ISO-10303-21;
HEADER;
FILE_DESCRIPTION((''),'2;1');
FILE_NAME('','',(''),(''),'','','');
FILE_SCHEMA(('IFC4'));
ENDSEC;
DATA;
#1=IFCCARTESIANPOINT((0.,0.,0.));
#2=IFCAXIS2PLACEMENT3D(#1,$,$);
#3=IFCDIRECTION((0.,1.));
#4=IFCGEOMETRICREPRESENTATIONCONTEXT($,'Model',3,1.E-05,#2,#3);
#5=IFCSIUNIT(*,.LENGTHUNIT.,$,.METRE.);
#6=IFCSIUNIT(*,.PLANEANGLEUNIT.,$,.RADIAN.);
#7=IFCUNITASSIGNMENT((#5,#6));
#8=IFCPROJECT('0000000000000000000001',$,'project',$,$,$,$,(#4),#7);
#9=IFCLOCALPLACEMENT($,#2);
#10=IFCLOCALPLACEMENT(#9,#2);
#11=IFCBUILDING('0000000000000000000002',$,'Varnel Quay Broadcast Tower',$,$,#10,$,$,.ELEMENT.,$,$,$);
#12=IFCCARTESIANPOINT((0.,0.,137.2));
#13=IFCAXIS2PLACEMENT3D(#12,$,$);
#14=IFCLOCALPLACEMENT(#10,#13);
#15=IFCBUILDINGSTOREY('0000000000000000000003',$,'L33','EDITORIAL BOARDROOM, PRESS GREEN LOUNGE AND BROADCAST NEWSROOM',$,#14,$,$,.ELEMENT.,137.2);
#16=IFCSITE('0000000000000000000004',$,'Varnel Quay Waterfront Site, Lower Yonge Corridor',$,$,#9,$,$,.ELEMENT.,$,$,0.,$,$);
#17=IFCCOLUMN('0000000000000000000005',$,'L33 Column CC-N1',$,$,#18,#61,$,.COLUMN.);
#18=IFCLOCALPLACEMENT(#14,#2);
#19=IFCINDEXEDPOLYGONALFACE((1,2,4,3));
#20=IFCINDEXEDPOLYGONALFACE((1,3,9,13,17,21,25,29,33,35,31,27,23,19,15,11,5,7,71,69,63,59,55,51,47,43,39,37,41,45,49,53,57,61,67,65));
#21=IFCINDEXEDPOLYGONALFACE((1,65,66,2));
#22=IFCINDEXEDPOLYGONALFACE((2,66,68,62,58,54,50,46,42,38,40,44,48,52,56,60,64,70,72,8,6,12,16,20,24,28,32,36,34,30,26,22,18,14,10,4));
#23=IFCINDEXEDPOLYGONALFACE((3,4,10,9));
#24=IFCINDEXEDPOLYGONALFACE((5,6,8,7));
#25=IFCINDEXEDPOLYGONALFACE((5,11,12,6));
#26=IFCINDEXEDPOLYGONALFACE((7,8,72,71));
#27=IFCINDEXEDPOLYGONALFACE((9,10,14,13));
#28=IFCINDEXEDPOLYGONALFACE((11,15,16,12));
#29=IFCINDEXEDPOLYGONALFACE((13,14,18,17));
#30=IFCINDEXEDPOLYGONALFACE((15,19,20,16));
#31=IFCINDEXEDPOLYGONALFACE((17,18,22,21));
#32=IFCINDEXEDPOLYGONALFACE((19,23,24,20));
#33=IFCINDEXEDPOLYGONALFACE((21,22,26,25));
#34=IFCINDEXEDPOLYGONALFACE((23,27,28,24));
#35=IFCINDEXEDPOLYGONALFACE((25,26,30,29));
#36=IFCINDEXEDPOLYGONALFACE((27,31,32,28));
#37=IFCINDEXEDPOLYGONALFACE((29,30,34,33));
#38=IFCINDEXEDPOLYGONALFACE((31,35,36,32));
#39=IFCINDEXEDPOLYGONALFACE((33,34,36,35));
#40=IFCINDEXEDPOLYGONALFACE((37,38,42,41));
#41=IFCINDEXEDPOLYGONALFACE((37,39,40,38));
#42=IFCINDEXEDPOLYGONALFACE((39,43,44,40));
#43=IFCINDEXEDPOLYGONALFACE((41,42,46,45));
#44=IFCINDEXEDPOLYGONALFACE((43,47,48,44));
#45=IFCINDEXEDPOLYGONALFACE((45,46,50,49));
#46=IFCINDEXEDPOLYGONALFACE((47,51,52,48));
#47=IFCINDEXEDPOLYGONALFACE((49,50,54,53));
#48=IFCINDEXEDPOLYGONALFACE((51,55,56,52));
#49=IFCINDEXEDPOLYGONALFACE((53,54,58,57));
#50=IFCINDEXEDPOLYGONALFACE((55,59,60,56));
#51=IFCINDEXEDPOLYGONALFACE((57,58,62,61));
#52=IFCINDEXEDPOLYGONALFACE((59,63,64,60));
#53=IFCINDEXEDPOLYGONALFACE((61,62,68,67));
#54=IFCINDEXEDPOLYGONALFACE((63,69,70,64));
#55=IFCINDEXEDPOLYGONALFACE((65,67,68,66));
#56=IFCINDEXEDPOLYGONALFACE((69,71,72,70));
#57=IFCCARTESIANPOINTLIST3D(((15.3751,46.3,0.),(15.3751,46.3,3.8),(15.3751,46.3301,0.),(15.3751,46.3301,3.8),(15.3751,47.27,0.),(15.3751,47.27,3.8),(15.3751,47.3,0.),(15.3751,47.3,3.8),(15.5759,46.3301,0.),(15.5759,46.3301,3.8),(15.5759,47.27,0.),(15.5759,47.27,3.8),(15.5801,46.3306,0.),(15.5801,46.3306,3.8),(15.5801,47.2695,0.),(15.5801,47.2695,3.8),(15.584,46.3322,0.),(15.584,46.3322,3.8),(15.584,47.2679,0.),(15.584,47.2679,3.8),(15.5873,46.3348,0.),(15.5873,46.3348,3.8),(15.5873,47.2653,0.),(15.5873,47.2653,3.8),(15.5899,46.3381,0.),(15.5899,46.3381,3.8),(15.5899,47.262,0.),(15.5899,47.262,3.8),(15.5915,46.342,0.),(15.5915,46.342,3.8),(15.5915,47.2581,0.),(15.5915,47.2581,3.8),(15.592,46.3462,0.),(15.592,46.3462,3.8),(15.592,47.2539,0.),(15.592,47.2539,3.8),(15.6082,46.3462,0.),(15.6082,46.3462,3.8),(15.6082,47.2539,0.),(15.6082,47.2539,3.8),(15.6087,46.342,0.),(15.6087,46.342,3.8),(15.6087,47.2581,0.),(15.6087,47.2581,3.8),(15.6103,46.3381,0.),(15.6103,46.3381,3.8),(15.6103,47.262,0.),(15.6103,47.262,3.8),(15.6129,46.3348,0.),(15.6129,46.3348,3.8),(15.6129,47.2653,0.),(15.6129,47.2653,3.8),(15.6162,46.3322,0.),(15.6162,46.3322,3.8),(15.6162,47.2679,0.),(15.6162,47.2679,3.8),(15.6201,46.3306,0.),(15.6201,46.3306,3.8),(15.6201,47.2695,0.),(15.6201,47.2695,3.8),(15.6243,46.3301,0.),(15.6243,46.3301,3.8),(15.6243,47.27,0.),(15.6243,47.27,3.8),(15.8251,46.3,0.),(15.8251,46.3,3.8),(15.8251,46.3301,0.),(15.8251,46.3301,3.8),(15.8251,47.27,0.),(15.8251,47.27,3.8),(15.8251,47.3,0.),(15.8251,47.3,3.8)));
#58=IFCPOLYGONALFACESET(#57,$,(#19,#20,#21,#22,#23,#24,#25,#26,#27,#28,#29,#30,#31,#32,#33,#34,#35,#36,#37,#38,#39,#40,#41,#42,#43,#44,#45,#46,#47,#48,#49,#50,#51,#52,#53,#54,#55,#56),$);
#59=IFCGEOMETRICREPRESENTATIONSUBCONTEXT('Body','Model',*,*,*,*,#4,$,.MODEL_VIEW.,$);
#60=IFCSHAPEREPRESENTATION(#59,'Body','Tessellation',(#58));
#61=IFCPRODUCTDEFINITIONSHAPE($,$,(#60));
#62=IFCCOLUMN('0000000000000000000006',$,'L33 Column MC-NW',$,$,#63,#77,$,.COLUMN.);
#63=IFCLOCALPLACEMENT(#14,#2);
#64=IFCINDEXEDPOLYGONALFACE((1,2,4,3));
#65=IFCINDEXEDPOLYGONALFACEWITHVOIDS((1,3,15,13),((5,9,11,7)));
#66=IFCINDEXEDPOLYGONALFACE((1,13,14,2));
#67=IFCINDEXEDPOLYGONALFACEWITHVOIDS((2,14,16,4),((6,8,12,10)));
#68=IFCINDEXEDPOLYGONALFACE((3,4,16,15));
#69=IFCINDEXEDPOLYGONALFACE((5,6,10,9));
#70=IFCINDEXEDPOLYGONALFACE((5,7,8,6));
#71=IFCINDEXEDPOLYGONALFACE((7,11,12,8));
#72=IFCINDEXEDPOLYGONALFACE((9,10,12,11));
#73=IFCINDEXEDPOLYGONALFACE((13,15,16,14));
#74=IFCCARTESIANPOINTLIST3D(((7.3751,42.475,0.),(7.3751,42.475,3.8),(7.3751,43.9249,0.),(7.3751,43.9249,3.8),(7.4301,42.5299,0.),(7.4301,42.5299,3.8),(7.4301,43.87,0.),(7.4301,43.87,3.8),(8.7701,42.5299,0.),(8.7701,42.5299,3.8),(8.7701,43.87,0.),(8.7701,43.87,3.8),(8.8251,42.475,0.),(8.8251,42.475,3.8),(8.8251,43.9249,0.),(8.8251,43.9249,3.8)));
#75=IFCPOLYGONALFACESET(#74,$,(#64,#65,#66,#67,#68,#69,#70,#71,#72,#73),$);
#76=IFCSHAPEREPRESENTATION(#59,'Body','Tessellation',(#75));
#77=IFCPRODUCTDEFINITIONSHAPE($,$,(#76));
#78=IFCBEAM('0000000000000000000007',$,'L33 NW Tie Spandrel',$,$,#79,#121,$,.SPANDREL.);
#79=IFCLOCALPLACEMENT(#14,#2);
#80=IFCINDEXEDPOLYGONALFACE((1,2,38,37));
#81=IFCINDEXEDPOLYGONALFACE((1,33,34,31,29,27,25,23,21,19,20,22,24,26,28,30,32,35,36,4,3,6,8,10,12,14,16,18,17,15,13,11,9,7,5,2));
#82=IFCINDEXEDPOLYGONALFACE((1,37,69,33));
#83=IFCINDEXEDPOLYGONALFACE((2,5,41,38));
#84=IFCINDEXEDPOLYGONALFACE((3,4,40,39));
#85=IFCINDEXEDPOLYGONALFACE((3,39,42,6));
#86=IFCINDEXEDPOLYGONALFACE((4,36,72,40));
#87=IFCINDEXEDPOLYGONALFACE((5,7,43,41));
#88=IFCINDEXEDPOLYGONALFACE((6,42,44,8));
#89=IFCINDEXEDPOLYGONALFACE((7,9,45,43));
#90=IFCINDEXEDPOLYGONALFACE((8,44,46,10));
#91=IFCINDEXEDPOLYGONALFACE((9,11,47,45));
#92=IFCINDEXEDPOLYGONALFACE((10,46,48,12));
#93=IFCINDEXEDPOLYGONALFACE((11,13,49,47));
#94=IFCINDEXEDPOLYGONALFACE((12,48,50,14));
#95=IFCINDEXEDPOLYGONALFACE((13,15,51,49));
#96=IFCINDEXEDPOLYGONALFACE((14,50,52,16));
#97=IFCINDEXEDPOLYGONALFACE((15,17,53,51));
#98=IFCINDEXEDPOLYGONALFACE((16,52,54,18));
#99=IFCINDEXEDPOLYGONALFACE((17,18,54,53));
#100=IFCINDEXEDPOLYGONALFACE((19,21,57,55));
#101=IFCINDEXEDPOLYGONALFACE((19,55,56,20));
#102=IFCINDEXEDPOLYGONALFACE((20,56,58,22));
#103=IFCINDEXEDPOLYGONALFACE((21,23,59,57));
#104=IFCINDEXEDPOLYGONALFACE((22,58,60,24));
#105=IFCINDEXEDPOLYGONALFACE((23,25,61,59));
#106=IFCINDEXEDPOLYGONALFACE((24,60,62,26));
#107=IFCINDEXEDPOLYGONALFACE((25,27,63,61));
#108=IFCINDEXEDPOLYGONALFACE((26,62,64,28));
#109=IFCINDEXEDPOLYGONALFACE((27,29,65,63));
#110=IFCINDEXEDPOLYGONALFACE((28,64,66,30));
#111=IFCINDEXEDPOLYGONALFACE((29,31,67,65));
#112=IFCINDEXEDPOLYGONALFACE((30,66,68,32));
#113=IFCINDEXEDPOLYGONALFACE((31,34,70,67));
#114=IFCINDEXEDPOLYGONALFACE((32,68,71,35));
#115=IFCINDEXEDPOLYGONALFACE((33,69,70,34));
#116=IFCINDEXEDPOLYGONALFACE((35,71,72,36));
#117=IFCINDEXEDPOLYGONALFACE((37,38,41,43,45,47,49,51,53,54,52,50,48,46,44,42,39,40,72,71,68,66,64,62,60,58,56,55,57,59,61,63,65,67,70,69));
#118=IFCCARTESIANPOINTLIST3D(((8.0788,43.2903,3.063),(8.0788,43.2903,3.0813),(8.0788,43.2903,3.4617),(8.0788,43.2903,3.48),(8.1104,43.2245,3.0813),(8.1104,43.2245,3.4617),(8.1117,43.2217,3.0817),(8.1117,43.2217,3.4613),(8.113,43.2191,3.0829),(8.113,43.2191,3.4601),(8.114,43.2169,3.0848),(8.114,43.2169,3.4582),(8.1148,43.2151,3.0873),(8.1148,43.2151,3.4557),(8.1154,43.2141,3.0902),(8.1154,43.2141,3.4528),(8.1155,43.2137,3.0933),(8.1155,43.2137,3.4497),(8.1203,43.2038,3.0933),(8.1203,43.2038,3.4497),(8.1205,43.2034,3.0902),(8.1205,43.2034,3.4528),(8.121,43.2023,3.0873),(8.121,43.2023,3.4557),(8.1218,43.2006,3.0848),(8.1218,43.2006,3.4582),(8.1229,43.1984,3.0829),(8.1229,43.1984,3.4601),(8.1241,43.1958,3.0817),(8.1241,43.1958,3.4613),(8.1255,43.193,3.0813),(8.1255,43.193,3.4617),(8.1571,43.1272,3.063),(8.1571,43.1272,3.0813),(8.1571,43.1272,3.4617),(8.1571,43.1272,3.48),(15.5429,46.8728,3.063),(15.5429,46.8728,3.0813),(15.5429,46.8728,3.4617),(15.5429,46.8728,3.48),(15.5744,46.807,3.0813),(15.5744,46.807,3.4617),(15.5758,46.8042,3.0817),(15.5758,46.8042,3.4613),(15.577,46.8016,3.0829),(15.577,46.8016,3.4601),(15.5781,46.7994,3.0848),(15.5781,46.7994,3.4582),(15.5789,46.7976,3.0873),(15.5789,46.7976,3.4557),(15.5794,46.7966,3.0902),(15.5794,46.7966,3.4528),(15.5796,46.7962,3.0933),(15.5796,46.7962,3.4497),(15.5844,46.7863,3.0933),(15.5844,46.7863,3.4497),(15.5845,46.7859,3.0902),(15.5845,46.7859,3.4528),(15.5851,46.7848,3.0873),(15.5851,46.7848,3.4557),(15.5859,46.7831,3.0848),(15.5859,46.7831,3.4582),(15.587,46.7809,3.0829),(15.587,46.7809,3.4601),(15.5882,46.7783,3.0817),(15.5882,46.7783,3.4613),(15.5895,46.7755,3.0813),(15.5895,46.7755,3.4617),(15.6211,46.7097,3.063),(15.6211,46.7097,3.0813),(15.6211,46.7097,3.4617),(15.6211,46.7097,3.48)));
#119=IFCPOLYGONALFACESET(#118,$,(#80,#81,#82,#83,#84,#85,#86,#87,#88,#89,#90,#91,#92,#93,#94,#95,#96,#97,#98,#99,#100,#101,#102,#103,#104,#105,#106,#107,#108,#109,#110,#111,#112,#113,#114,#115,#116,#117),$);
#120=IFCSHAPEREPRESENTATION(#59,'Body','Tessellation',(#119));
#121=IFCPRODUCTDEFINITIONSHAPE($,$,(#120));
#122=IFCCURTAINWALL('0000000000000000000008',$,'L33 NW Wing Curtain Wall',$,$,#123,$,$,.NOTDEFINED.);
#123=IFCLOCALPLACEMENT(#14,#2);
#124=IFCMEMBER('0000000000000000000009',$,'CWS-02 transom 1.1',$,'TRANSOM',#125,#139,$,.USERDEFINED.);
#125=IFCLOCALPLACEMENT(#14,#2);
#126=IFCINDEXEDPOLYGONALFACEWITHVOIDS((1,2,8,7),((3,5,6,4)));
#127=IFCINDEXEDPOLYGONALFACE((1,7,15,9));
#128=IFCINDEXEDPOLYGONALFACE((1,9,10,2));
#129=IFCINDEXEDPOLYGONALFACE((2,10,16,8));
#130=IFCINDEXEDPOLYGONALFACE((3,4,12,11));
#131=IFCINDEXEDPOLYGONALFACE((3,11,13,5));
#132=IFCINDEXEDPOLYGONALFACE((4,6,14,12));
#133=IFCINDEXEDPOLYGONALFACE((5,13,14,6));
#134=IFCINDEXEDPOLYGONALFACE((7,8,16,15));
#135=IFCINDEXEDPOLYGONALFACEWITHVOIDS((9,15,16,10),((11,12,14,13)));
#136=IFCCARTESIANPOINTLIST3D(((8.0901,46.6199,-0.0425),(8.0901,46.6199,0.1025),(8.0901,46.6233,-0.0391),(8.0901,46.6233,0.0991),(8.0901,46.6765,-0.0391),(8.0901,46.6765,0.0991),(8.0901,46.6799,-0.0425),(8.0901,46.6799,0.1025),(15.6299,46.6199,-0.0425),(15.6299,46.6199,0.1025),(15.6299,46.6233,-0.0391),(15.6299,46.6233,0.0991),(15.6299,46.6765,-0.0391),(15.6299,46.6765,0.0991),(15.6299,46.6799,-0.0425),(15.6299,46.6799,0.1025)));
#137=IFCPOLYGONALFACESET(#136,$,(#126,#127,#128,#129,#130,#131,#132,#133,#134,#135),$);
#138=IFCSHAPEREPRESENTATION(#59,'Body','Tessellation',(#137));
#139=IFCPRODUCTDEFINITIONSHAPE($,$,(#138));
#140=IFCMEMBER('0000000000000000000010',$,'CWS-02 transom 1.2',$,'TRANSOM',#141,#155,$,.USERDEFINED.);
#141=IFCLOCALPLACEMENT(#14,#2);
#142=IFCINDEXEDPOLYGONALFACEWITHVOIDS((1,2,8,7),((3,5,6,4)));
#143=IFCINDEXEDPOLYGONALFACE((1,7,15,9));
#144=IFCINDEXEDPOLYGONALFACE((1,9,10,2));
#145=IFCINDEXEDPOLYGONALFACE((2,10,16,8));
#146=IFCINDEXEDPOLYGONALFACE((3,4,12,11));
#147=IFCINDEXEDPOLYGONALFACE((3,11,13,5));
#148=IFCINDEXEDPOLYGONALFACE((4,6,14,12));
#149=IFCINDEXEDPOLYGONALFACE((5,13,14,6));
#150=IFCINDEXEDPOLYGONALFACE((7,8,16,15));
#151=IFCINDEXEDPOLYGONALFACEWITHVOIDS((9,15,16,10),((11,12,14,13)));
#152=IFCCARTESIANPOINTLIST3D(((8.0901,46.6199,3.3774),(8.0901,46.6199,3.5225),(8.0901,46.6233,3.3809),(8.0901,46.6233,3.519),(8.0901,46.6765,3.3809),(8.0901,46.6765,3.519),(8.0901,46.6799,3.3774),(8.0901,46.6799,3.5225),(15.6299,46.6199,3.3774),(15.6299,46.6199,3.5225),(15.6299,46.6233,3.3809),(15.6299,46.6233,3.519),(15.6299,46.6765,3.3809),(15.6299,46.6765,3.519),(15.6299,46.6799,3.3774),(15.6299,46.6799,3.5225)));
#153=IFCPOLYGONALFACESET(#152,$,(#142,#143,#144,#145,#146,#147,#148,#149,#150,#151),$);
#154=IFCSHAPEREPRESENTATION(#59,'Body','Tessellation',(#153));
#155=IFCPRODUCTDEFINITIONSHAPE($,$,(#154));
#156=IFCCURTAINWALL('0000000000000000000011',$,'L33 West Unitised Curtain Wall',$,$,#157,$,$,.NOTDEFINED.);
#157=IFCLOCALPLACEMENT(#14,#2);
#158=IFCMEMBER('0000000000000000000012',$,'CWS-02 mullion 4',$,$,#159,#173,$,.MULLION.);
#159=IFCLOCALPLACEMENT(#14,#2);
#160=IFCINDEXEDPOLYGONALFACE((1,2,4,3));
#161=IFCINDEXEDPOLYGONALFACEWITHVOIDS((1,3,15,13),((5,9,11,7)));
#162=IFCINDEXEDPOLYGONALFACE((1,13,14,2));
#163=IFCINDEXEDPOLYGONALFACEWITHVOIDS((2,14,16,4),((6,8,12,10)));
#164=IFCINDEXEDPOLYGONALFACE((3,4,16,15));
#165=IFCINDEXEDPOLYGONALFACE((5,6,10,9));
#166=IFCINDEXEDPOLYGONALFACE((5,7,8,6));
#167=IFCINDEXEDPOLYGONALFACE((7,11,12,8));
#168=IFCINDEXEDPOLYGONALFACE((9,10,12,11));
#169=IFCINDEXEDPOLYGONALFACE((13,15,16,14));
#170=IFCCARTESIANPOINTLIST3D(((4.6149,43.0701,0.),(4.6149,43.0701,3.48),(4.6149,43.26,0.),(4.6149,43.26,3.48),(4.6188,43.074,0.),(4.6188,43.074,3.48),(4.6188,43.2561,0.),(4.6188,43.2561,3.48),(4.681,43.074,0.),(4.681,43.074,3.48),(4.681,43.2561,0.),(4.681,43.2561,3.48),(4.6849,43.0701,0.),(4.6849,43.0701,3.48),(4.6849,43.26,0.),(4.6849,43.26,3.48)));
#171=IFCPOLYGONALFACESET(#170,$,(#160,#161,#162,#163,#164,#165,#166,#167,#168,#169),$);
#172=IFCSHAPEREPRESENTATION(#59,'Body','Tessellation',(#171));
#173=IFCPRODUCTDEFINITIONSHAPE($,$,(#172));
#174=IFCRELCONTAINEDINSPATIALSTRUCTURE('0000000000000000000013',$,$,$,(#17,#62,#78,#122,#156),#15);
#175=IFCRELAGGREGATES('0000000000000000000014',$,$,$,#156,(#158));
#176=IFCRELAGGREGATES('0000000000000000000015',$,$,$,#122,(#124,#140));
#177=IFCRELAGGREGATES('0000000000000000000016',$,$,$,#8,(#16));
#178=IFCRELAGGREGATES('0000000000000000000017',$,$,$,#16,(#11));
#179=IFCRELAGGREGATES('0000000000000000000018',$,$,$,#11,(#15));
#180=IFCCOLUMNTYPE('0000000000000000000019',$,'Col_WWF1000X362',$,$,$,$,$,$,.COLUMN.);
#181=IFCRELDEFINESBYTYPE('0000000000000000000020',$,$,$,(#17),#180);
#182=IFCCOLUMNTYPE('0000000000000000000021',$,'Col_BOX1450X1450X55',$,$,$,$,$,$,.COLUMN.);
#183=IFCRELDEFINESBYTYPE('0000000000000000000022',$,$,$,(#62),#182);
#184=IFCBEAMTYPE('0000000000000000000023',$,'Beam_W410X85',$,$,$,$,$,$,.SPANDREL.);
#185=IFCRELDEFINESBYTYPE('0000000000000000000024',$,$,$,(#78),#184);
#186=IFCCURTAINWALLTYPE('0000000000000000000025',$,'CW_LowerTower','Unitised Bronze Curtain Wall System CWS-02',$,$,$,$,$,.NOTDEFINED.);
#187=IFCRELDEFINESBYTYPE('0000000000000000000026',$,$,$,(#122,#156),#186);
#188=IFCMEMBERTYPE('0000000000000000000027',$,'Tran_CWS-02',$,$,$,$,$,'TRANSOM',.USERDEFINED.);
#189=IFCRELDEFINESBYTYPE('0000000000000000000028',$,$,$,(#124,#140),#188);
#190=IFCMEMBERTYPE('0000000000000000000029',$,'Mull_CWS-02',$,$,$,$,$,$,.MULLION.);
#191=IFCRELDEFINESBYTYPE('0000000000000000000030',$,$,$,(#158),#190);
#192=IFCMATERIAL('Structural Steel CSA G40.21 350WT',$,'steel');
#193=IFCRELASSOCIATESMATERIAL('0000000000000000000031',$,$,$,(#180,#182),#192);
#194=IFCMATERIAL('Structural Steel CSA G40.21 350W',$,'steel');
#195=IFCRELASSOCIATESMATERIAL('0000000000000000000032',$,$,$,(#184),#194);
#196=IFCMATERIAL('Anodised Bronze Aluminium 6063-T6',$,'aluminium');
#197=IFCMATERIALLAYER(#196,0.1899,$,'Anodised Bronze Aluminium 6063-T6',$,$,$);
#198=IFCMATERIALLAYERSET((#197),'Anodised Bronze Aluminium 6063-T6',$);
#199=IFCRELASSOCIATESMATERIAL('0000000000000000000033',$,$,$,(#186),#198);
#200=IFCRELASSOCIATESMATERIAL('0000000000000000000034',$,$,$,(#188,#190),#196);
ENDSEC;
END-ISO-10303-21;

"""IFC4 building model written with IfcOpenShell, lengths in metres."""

from ifc_helpers import new_model, si_unit, direction, frame, origin, origin_2d, place, context, subcontext, project, spatial, hollow_rectangle, i_section, extrude, source, transform, mapped, material, layer, layer_set, material_profile, profile_set, type_object, type_shapes, element, aggregate, save


model = new_model("IFC4")

# Units and contexts
model_context = context("Model", 3, precision=1e-05, world=origin(), true_north=direction((0.0, 1.0)))
body_context = subcontext(model_context, "Body", "Model", "MODEL_VIEW")
ifc_project = project(units=[si_unit("LENGTHUNIT", "METRE"), si_unit("PLANEANGLEUNIT", "RADIAN")], contexts=[model_context])

# Site, building, storey
site_placement = place(None, origin())
site = spatial("IfcSite", under=ifc_project, at=site_placement, Name="Varnel Quay Waterfront Site, Lower Yonge Corridor", CompositionType="ELEMENT", RefElevation=0.0)
building_placement = place(site_placement, origin())
building = spatial("IfcBuilding", under=site, at=building_placement, Name="Varnel Quay Broadcast Tower", CompositionType="ELEMENT")
storey_placement = place(building_placement, frame((0.0, 0.0, 137.2)))
storey = spatial("IfcBuildingStorey", under=building, at=storey_placement, Name="L33", Description="EDITORIAL BOARDROOM, PRESS GREEN LOUNGE AND BROADCAST NEWSROOM", CompositionType="ELEMENT", Elevation=137.2)

# Columns
ifc_material_1 = material(Name="Structural Steel CSA G40.21 350WT", Category="steel")
ifc_material_profile_1 = material_profile(ifc_material_1, i_section(OverallWidth=0.45, OverallDepth=1.0, WebThickness=0.0161, FlangeThickness=0.03, FilletRadius=0.0161, at=origin_2d()), Name="WWF1000X362")
ifc_profile_set_1 = profile_set([ifc_material_profile_1], Name="Structural Steel CSA G40.21 350WT")
column_type_1 = type_object("IfcColumnType", Name="Col_WWF1000X362", PredefinedType="COLUMN", material=ifc_profile_set_1)
shared_shape_1 = source(origin(), body_context, "Body", "SweptSolid", [
    extrude(i_section(OverallWidth=0.45, OverallDepth=1.0, WebThickness=0.0161, FlangeThickness=0.03, FilletRadius=0.0161, at=origin_2d()), origin(), (0.0, 0.0, 1.0), 3.8),
])
type_shapes(column_type_1, [shared_shape_1])
column_1_placement = place(storey_placement, frame((15.6001, 46.8, 0.0), z_axis=(0.0, 0.0, 1.0), x_axis=(1.0, 0.0, 0.0)))
element("IfcColumn", 1, at=column_1_placement, inside=storey, type_object=column_type_1, Name="L33 Column CC-N1", PredefinedType="COLUMN", context=body_context, shape_type="MappedRepresentation", body=[
    mapped(shared_shape_1, transform((0.0, 0.0, 0.0), x_axis=(1.0, 0.0, 0.0), y_axis=(0.0, 1.0, 0.0), z_axis=(0.0, 0.0, 1.0), scale=1.0)),
])
ifc_material_profile_2 = material_profile(ifc_material_1, hollow_rectangle(XDim=1.45, YDim=1.45, WallThickness=0.0549, at=origin_2d()), Name="BOX1450X1450X55")
ifc_profile_set_2 = profile_set([ifc_material_profile_2], Name="Structural Steel CSA G40.21 350WT")
column_type_2 = type_object("IfcColumnType", Name="Col_BOX1450X1450X55", PredefinedType="COLUMN", material=ifc_profile_set_2)
shared_shape_2 = source(origin(), body_context, "Body", "SweptSolid", [
    extrude(hollow_rectangle(XDim=1.45, YDim=1.45, WallThickness=0.0549, at=origin_2d()), origin(), (0.0, 0.0, 1.0), 3.8),
])
type_shapes(column_type_2, [shared_shape_2])
column_2_placement = place(storey_placement, frame((8.1001, 43.2, 0.0), z_axis=(0.0, 0.0, 1.0), x_axis=(1.0, 0.0, 0.0)))
element("IfcColumn", 2, at=column_2_placement, inside=storey, type_object=column_type_2, Name="L33 Column MC-NW", PredefinedType="COLUMN", context=body_context, shape_type="MappedRepresentation", body=[
    mapped(shared_shape_2, transform((0.0, 0.0, 0.0), x_axis=(1.0, 0.0, 0.0), y_axis=(0.0, 1.0, 0.0), z_axis=(0.0, 0.0, 1.0), scale=1.0)),
])

# Beam
ifc_material_2 = material(Name="Structural Steel CSA G40.21 350W", Category="steel")
ifc_material_profile_3 = material_profile(ifc_material_2, i_section(OverallWidth=0.1809, OverallDepth=0.417, WebThickness=0.011, FlangeThickness=0.0183, FilletRadius=0.012, at=origin_2d()), Name="W410X85")
ifc_profile_set_3 = profile_set([ifc_material_profile_3], Name="Structural Steel CSA G40.21 350W")
beam_type = type_object("IfcBeamType", Name="Beam_W410X85", PredefinedType="SPANDREL", material=ifc_profile_set_3)
shared_shape_3 = source(origin(), body_context, "Body", "SweptSolid", [
    extrude(i_section(OverallWidth=0.1809, OverallDepth=0.417, WebThickness=0.011, FlangeThickness=0.0183, FilletRadius=0.012, at=origin_2d()), origin(), (0.0, 0.0, 1.0), 8.2793),
])
type_shapes(beam_type, [shared_shape_3])
beam_placement = place(storey_placement, frame((8.1179, 43.2087, 3.2715), z_axis=(0.901535, 0.432706, 0.0), x_axis=(-0.432706, 0.901535, 0.0)))
element("IfcBeam", 3, at=beam_placement, inside=storey, type_object=beam_type, Name="L33 NW Tie Spandrel", PredefinedType="SPANDREL", context=body_context, shape_type="MappedRepresentation", body=[
    mapped(shared_shape_3, transform((0.0, 0.0, 0.0), x_axis=(1.0, 0.0, 0.0), y_axis=(0.0, 1.0, 0.0), z_axis=(0.0, 0.0, 1.0), scale=1.0)),
])

# Curtain wall, members
ifc_material_3 = material(Name="Anodised Bronze Aluminium 6063-T6", Category="aluminium")
ifc_layer_1 = layer(ifc_material_3, 0.1899, Name="Anodised Bronze Aluminium 6063-T6")
ifc_layer_set_1 = layer_set([ifc_layer_1], Name="Anodised Bronze Aluminium 6063-T6")
curtain_wall_type = type_object("IfcCurtainWallType", Name="CW_LowerTower", Description="Unitised Bronze Curtain Wall System CWS-02", PredefinedType="NOTDEFINED", material=ifc_layer_set_1)
curtain_wall_1_placement = place(storey_placement, origin())
curtain_wall_1 = element("IfcCurtainWall", 4, at=curtain_wall_1_placement, inside=storey, type_object=curtain_wall_type, Name="L33 NW Wing Curtain Wall", PredefinedType="NOTDEFINED")
ifc_material_profile_4 = material_profile(ifc_material_3, hollow_rectangle(XDim=0.0601, YDim=0.145, WallThickness=0.0034, at=origin_2d()), Name="ALU60X145X3.5")
ifc_profile_set_4 = profile_set([ifc_material_profile_4], Name="Anodised Bronze Aluminium 6063-T6")
member_type_1 = type_object("IfcMemberType", Name="Tran_CWS-02", ElementType="TRANSOM", PredefinedType="USERDEFINED", material=ifc_profile_set_4)
shared_shape_4 = source(origin(), body_context, "Body", "SweptSolid", [
    extrude(hollow_rectangle(XDim=0.0601, YDim=0.145, WallThickness=0.0034, at=origin_2d()), origin(), (0.0, 0.0, 1.0), 7.5398),
])
type_shapes(member_type_1, [shared_shape_4])
member_1_placement = place(storey_placement, frame((8.0901, 46.6499, 0.03), z_axis=(1.0, 0.0, 0.0), x_axis=(0.0, 1.0, 0.0)))
member_1 = element("IfcMember", 5, at=member_1_placement, type_object=member_type_1, Name="CWS-02 transom 1.1", ObjectType="TRANSOM", PredefinedType="USERDEFINED", context=body_context, shape_type="MappedRepresentation", body=[
    mapped(shared_shape_4, transform((0.0, 0.0, 0.0), x_axis=(1.0, 0.0, 0.0), y_axis=(0.0, 1.0, 0.0), z_axis=(0.0, 0.0, 1.0), scale=1.0)),
])
member_2_placement = place(storey_placement, frame((8.0901, 46.6499, 3.45), z_axis=(1.0, 0.0, 0.0), x_axis=(0.0, 1.0, 0.0)))
member_2 = element("IfcMember", 6, at=member_2_placement, type_object=member_type_1, Name="CWS-02 transom 1.2", ObjectType="TRANSOM", PredefinedType="USERDEFINED", context=body_context, shape_type="MappedRepresentation", body=[
    mapped(shared_shape_4, transform((0.0, 0.0, 0.0), x_axis=(1.0, 0.0, 0.0), y_axis=(0.0, 1.0, 0.0), z_axis=(0.0, 0.0, 1.0), scale=1.0)),
])

# Curtain wall, member
curtain_wall_2_placement = place(storey_placement, origin())
curtain_wall_2 = element("IfcCurtainWall", 7, at=curtain_wall_2_placement, inside=storey, type_object=curtain_wall_type, Name="L33 West Unitised Curtain Wall", PredefinedType="NOTDEFINED")
ifc_material_profile_5 = material_profile(ifc_material_3, hollow_rectangle(XDim=0.0701, YDim=0.1899, WallThickness=0.0039, at=origin_2d()), Name="ALU70X190X4")
ifc_profile_set_5 = profile_set([ifc_material_profile_5], Name="Anodised Bronze Aluminium 6063-T6")
member_type_2 = type_object("IfcMemberType", Name="Mull_CWS-02", PredefinedType="MULLION", material=ifc_profile_set_5)
shared_shape_5 = source(origin(), body_context, "Body", "SweptSolid", [
    extrude(hollow_rectangle(XDim=0.0701, YDim=0.1899, WallThickness=0.0039, at=origin_2d()), origin(), (0.0, 0.0, 1.0), 3.48),
])
type_shapes(member_type_2, [shared_shape_5])
member_3_placement = place(storey_placement, frame((4.6499, 43.165, 0.0), z_axis=(0.0, 0.0, 1.0), x_axis=(-1.0, 0.0, 0.0)))
member_3 = element("IfcMember", 8, at=member_3_placement, type_object=member_type_2, Name="CWS-02 mullion 4", PredefinedType="MULLION", context=body_context, shape_type="MappedRepresentation", body=[
    mapped(shared_shape_5, transform((0.0, 0.0, 0.0), x_axis=(1.0, 0.0, 0.0), y_axis=(0.0, 1.0, 0.0), z_axis=(0.0, 0.0, 1.0), scale=1.0)),
])

aggregate(curtain_wall_2, [member_3])
aggregate(curtain_wall_1, [member_1, member_2])

save(model, "model.ifc")
